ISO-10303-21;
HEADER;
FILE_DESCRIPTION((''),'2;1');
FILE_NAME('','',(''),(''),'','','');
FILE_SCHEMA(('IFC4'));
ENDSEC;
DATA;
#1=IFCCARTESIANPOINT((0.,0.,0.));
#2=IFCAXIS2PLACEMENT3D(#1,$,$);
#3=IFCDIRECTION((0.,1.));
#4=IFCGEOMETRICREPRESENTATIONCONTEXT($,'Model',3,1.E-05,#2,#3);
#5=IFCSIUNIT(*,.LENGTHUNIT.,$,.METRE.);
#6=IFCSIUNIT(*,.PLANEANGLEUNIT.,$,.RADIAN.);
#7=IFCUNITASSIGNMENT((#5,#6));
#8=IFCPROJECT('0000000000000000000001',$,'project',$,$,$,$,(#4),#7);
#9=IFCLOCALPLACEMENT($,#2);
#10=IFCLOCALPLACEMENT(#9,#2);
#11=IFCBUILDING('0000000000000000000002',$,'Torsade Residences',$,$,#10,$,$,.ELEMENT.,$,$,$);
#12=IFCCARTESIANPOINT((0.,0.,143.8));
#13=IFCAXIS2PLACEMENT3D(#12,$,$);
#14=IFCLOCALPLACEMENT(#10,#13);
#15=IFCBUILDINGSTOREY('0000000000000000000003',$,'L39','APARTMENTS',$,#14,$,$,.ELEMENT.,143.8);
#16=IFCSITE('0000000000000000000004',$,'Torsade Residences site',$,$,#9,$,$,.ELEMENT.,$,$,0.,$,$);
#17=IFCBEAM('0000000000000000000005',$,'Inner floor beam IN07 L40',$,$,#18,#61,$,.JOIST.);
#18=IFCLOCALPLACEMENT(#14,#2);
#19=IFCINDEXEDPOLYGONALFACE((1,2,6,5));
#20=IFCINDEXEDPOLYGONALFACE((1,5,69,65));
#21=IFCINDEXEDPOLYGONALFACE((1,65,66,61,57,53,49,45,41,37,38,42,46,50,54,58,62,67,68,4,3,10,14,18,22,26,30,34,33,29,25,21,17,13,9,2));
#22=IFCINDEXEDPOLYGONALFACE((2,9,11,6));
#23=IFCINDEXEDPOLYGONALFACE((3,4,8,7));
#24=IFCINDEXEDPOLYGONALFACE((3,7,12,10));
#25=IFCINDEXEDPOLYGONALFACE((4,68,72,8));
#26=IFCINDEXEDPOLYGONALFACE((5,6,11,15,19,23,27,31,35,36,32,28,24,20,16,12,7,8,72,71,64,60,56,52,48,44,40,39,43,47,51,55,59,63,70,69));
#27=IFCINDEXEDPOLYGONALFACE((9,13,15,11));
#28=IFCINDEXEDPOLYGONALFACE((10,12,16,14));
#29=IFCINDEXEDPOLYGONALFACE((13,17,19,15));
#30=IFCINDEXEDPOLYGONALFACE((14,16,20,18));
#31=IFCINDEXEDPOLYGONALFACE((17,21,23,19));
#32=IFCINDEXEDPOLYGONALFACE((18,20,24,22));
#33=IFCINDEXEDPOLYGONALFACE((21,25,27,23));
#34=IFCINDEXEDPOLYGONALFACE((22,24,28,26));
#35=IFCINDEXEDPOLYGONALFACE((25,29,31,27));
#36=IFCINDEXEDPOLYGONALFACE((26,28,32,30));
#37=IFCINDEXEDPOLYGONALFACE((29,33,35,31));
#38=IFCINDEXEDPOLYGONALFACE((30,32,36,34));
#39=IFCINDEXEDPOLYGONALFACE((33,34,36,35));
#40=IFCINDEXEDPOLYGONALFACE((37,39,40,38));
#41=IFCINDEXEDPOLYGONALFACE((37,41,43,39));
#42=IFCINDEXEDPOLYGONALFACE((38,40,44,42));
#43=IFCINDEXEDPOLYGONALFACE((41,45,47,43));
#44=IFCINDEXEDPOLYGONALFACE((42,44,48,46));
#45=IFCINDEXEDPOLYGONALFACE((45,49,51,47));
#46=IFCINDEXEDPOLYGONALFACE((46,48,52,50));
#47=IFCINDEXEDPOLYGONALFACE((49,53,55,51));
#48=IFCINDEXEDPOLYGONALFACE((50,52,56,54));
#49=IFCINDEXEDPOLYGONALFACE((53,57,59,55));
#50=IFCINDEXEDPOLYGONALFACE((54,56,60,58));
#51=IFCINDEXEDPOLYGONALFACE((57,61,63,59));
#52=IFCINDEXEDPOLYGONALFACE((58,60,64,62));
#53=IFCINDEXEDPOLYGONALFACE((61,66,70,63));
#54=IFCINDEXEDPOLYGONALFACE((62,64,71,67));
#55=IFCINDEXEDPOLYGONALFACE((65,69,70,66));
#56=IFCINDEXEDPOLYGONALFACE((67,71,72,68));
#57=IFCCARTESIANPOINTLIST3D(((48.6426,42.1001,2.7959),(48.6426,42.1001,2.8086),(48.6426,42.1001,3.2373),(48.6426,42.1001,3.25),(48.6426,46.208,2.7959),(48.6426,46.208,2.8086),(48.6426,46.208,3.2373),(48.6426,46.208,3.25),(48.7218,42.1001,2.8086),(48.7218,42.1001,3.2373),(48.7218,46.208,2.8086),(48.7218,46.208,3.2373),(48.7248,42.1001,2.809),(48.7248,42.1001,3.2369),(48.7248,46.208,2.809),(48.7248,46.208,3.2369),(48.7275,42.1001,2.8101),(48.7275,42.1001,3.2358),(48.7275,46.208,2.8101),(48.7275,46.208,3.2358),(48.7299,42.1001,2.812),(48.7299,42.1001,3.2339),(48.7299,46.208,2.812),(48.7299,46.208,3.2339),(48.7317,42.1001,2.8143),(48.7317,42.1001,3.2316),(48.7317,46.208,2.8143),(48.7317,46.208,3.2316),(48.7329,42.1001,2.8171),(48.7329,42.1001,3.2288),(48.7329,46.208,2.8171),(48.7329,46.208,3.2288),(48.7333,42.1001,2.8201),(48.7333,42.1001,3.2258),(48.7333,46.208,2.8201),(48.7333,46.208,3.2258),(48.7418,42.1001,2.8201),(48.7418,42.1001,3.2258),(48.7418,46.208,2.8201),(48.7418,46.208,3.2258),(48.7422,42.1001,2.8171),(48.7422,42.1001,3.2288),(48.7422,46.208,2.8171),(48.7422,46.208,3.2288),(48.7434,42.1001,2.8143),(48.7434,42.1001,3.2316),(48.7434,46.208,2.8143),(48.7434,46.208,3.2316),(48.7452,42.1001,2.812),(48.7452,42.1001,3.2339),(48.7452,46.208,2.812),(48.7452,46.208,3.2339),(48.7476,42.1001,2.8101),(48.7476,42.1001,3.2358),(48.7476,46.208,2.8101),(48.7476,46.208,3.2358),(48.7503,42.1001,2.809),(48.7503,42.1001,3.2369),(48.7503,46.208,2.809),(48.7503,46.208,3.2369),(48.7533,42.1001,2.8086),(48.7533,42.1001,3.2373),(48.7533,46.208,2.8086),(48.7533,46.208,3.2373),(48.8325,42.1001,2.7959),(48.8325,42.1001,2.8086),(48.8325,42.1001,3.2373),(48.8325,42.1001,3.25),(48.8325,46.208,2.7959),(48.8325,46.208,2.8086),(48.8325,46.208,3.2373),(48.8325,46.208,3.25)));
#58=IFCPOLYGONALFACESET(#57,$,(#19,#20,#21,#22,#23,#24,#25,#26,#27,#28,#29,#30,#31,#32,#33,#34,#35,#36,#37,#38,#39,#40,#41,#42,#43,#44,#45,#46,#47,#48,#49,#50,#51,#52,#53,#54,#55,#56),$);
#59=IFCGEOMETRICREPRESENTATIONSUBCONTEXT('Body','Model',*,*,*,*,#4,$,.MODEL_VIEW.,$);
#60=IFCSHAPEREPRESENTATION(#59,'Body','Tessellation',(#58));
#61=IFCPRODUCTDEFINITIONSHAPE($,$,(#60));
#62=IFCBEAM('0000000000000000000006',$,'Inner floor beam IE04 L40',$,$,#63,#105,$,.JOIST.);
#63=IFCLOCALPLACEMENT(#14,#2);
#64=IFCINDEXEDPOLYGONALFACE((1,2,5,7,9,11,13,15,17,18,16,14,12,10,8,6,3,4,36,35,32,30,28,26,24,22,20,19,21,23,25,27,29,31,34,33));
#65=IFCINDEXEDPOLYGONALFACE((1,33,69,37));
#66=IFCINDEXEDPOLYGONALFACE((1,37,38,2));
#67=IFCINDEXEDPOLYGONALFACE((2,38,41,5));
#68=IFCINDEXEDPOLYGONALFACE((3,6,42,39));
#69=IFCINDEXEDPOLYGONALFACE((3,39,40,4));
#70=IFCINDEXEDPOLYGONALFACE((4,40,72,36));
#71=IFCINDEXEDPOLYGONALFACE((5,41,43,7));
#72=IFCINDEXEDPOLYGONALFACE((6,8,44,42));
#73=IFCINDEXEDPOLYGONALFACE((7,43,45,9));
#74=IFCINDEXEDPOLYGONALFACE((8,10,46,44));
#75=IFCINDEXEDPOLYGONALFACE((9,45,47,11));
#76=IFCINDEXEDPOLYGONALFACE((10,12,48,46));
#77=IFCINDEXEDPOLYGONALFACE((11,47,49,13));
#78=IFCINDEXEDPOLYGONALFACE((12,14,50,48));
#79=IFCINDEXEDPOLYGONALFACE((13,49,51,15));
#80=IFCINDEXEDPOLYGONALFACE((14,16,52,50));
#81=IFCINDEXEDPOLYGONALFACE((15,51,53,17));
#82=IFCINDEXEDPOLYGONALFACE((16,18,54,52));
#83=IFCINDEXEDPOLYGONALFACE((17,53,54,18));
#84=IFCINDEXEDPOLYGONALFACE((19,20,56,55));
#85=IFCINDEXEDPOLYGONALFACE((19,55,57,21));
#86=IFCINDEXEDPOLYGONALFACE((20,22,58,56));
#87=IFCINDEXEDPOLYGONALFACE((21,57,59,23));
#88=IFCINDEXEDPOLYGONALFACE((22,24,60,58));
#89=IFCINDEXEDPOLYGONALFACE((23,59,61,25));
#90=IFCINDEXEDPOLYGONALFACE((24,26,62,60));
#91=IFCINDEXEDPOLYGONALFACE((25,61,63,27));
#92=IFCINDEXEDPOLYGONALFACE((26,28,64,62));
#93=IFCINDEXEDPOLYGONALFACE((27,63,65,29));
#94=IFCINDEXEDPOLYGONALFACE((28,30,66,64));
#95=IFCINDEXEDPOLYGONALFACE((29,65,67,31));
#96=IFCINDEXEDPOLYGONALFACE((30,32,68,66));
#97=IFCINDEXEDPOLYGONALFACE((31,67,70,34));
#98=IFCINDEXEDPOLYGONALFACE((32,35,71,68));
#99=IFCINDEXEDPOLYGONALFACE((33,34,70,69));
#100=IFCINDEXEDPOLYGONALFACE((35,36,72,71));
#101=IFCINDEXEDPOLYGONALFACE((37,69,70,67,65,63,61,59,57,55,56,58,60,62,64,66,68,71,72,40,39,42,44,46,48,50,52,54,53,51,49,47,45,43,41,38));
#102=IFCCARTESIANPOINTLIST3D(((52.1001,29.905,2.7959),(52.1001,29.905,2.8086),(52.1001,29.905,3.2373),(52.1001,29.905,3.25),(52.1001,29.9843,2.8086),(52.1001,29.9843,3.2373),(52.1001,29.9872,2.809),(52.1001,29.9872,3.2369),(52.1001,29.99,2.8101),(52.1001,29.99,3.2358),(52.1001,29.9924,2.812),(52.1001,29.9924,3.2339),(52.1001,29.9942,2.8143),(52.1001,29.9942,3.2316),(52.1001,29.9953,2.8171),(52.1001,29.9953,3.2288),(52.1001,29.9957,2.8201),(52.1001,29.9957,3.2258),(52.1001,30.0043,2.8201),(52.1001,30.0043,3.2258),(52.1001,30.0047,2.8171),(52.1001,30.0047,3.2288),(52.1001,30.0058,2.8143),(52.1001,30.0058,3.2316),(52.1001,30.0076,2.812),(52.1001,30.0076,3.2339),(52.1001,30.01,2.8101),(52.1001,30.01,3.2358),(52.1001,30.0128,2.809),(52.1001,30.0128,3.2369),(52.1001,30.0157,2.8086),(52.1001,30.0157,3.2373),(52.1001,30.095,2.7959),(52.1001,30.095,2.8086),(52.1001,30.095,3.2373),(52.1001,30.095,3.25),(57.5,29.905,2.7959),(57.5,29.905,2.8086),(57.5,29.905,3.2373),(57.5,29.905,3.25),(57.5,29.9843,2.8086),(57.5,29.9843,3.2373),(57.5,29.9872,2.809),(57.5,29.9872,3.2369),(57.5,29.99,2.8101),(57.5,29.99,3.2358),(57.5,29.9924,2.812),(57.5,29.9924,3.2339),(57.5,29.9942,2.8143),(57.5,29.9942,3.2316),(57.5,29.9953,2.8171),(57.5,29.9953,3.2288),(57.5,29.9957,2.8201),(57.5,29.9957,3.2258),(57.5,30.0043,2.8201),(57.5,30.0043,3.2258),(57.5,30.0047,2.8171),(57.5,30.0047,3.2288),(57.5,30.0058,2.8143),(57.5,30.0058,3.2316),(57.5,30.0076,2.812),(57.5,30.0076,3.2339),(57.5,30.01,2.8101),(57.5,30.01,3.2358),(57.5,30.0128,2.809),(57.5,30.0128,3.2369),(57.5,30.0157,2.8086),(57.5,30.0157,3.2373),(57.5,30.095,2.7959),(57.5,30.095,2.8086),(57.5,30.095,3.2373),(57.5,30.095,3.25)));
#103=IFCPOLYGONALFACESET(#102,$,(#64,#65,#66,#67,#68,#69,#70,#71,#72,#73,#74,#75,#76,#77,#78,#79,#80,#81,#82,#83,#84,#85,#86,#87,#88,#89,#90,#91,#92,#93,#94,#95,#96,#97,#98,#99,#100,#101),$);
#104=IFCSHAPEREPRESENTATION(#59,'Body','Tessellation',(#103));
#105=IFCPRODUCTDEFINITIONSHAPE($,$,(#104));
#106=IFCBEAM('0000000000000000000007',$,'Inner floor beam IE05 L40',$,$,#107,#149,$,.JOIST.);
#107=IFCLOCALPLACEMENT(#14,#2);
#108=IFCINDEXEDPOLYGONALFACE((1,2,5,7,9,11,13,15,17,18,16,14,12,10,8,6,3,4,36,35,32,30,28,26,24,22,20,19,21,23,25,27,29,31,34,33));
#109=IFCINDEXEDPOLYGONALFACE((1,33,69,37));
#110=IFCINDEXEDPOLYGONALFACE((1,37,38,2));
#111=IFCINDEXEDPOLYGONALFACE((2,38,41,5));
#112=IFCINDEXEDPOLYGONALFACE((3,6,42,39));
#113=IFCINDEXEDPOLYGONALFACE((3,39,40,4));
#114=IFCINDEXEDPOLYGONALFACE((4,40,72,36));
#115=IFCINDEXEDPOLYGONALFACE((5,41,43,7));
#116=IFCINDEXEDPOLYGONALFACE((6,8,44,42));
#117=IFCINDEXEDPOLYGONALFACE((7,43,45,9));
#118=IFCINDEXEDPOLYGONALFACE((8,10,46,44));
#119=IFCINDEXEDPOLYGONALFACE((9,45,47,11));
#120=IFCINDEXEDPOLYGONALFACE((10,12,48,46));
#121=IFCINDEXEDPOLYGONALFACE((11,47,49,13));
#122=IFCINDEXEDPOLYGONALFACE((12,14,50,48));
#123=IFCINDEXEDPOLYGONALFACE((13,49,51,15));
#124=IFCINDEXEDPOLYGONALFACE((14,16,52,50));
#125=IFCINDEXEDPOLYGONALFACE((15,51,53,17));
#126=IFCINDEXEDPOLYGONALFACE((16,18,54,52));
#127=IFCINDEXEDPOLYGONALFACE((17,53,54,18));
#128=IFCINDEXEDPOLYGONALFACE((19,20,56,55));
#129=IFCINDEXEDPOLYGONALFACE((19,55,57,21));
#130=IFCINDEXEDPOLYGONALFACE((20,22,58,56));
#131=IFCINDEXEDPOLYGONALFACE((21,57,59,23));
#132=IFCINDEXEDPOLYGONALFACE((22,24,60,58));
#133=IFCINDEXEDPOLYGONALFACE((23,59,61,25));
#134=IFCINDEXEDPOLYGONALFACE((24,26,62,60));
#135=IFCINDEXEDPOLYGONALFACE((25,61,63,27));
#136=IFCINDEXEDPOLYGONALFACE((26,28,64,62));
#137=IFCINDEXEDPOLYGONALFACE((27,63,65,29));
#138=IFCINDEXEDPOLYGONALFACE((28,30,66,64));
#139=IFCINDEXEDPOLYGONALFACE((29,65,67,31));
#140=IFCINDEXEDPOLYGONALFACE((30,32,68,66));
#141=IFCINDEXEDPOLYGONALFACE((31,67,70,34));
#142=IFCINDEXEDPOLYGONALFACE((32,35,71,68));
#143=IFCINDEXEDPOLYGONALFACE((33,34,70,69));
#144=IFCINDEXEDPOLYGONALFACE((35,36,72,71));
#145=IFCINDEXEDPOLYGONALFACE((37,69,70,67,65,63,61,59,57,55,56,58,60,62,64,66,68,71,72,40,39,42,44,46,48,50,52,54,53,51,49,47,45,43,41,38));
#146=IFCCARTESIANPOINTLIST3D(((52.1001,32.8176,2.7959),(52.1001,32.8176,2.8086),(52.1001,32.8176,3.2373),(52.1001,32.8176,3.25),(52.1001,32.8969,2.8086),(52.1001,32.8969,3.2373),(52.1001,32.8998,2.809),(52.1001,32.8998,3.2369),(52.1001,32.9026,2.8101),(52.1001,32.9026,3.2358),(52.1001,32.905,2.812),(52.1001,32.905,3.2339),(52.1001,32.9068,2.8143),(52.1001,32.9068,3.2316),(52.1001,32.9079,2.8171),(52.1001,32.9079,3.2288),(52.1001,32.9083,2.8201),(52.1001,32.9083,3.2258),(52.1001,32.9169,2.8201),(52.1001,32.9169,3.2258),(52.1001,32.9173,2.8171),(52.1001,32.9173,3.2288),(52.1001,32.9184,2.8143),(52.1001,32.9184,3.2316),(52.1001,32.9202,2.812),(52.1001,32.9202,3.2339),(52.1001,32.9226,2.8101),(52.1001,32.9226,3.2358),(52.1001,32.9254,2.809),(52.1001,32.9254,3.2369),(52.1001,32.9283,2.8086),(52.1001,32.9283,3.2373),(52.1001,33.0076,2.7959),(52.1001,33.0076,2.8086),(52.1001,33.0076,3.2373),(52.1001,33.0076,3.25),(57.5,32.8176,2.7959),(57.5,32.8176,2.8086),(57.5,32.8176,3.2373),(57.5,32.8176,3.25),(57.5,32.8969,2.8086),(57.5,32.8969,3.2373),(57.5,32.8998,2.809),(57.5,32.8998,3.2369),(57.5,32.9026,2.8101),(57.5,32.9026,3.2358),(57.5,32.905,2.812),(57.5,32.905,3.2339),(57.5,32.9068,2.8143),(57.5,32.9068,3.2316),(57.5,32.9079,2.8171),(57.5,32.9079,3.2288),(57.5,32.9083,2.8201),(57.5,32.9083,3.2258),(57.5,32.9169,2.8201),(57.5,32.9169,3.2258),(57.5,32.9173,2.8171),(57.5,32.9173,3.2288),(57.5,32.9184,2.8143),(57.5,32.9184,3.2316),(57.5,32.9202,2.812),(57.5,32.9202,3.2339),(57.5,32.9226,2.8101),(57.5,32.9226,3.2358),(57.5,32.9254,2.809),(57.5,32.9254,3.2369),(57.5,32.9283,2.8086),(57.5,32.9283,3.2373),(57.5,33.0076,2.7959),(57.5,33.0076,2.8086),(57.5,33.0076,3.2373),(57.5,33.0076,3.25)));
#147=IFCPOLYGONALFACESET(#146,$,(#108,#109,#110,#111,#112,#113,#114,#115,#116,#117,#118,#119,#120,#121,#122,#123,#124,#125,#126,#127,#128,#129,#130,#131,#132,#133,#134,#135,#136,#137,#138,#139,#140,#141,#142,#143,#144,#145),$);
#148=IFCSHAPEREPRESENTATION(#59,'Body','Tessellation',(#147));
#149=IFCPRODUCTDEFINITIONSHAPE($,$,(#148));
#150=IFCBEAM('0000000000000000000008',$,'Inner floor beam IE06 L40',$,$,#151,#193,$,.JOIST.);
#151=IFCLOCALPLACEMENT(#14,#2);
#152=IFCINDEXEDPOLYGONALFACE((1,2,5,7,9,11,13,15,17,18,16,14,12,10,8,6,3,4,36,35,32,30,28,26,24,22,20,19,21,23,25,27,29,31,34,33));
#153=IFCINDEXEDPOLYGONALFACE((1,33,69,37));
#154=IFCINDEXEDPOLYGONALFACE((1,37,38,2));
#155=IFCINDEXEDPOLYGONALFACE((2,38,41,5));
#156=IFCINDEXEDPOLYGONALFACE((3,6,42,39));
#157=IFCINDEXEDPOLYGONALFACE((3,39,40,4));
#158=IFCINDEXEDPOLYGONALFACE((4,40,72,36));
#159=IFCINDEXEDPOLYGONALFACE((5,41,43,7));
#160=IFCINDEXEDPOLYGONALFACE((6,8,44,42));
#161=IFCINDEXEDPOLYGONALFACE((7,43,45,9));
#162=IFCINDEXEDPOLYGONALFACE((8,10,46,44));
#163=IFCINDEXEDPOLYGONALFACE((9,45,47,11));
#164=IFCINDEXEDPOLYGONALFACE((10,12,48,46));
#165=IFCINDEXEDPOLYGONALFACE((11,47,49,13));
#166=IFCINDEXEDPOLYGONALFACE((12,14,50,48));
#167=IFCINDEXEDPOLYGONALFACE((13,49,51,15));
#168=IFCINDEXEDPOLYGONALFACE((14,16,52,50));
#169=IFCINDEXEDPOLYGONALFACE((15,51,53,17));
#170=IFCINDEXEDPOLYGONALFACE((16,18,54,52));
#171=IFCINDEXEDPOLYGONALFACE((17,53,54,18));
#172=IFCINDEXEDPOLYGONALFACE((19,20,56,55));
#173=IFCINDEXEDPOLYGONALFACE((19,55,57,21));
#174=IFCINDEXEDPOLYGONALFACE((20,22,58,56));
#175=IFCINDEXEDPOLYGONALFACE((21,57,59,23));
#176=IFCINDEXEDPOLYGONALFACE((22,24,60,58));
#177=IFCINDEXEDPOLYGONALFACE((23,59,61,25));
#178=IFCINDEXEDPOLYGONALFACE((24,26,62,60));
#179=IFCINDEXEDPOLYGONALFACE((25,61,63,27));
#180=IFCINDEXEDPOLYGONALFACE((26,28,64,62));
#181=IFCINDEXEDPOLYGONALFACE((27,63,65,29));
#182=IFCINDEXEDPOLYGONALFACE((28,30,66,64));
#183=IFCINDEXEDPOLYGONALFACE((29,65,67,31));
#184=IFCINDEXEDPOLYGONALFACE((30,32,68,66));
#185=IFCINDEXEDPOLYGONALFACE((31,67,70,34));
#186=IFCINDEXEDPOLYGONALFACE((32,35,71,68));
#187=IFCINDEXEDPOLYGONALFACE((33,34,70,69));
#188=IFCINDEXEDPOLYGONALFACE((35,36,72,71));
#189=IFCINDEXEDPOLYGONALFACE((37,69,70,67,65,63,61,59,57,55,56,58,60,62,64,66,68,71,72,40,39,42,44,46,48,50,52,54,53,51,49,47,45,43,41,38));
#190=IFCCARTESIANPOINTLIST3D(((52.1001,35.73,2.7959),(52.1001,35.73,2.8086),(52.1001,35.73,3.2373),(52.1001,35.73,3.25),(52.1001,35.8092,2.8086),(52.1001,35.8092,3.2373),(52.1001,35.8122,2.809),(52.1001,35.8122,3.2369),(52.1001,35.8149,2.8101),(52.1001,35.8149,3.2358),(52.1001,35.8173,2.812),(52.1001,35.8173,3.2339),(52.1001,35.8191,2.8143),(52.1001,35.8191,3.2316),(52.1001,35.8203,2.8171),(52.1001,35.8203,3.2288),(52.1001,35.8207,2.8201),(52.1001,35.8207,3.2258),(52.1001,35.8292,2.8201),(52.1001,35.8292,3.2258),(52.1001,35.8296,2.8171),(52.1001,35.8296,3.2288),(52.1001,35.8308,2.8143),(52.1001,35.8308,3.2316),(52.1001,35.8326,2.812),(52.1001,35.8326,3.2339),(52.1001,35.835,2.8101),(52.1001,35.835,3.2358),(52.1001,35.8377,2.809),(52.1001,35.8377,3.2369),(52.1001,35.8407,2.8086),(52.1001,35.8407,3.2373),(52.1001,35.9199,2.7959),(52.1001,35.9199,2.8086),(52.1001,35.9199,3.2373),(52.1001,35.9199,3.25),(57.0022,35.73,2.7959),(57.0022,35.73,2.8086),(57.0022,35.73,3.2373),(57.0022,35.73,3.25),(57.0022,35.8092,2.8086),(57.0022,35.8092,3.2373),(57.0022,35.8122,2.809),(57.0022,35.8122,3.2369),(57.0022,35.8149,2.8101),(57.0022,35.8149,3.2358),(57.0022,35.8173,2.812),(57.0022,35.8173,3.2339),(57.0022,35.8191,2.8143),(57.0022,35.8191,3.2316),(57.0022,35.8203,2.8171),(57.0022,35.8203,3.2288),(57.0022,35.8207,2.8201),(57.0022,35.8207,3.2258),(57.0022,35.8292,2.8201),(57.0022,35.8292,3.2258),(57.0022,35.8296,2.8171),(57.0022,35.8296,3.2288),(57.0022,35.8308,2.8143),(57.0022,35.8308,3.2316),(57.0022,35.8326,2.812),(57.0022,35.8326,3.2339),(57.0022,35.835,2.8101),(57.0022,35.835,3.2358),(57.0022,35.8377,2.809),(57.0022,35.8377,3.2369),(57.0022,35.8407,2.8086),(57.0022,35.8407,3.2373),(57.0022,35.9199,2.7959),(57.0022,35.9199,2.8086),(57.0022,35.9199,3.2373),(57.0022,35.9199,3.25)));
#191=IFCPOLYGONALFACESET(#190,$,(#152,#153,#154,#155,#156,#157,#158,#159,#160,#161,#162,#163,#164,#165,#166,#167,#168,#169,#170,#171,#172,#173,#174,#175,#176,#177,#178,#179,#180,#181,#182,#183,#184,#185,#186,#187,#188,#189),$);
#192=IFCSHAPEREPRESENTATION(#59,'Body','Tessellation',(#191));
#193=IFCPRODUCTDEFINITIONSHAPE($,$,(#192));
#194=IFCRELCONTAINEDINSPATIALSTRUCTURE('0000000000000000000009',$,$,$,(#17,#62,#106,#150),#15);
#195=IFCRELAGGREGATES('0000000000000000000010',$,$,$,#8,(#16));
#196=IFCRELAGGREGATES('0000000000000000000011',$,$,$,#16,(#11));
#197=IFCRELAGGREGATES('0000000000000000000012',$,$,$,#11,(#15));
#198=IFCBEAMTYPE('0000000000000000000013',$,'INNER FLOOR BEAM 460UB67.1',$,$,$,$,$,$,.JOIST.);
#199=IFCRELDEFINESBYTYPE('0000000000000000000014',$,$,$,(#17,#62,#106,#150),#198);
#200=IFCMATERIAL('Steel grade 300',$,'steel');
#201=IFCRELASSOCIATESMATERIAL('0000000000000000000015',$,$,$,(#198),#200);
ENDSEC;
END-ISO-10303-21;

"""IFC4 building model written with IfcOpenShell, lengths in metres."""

from ifc_helpers import new_model, si_unit, direction, frame, origin, origin_2d, place, context, subcontext, project, spatial, i_section, extrude, material, material_profile, profile_set, type_object, element, save


model = new_model("IFC4")

# Units and contexts
model_context = context("Model", 3, precision=1e-05, world=origin(), true_north=direction((0.0, 1.0)))
body_context = subcontext(model_context, "Body", "Model", "MODEL_VIEW")
ifc_project = project(units=[si_unit("LENGTHUNIT", "METRE"), si_unit("PLANEANGLEUNIT", "RADIAN")], contexts=[model_context])

# Site, building, storey
site_placement = place(None, origin())
site = spatial("IfcSite", under=ifc_project, at=site_placement, Name="Torsade Residences site", CompositionType="ELEMENT", RefElevation=0.0)
building_placement = place(site_placement, origin())
building = spatial("IfcBuilding", under=site, at=building_placement, Name="Torsade Residences", CompositionType="ELEMENT")
storey_placement = place(building_placement, frame((0.0, 0.0, 143.8)))
storey = spatial("IfcBuildingStorey", under=building, at=storey_placement, Name="L39", Description="APARTMENTS", CompositionType="ELEMENT", Elevation=143.8)

# Beams
ifc_material_1 = material(Name="Steel grade 300", Category="steel")
ifc_material_profile_1 = material_profile(ifc_material_1, i_section(OverallWidth=0.1899, OverallDepth=0.4541, WebThickness=0.0085, FlangeThickness=0.0127, FilletRadius=0.0115, at=origin_2d()), Name="460UB67.1")
ifc_profile_set_1 = profile_set([ifc_material_profile_1], Name="Steel grade 300")
beam_type_1 = type_object("IfcBeamType", Name="INNER FLOOR BEAM 460UB67.1", PredefinedType="JOIST", material=ifc_profile_set_1)
beam_1_placement = place(storey_placement, frame((48.7375, 42.1001, 3.0229), z_axis=(0.0, 1.0, 0.0), x_axis=(-1.0, 0.0, 0.0)))
element("IfcBeam", 1, at=beam_1_placement, inside=storey, type_object=beam_type_1, Name="Inner floor beam IN07 L40", PredefinedType="JOIST", context=body_context, shape_type="SweptSolid", body=[
    extrude(i_section(OverallWidth=0.1899, OverallDepth=0.4541, WebThickness=0.0085, FlangeThickness=0.0127, FilletRadius=0.0115, at=origin_2d()), origin(), (0.0, 0.0, 1.0), 4.1079),
])
for number, where, z_axis, x_axis, name in (
    (2, (52.1001, 30.0, 3.0229), (1.0, 0.0, 0.0), (0.0, 1.0, 0.0), "Inner floor beam IE04 L40"),
    (3, (52.1001, 32.9126, 3.0229), (1.0, 0.0, 0.0), (0.0, 1.0, 0.0), "Inner floor beam IE05 L40"),
):
    element("IfcBeam", number, at=place(storey_placement, frame(where, z_axis=z_axis, x_axis=x_axis)), inside=storey, type_object=beam_type_1, Name=name, PredefinedType="JOIST", context=body_context, shape_type="SweptSolid", body=[
        extrude(i_section(OverallWidth=0.1899, OverallDepth=0.4541, WebThickness=0.0085, FlangeThickness=0.0127, FilletRadius=0.0115, at=origin_2d()), origin(), (0.0, 0.0, 1.0), 5.3999),
    ])
beam_2_placement = place(storey_placement, frame((52.1001, 35.825, 3.0229), z_axis=(1.0, 0.0, 0.0), x_axis=(0.0, 1.0, 0.0)))
element("IfcBeam", 4, at=beam_2_placement, inside=storey, type_object=beam_type_1, Name="Inner floor beam IE06 L40", PredefinedType="JOIST", context=body_context, shape_type="SweptSolid", body=[
    extrude(i_section(OverallWidth=0.1899, OverallDepth=0.4541, WebThickness=0.0085, FlangeThickness=0.0127, FilletRadius=0.0115, at=origin_2d()), origin(), (0.0, 0.0, 1.0), 4.9021),
])

save(model, "model.ifc")
